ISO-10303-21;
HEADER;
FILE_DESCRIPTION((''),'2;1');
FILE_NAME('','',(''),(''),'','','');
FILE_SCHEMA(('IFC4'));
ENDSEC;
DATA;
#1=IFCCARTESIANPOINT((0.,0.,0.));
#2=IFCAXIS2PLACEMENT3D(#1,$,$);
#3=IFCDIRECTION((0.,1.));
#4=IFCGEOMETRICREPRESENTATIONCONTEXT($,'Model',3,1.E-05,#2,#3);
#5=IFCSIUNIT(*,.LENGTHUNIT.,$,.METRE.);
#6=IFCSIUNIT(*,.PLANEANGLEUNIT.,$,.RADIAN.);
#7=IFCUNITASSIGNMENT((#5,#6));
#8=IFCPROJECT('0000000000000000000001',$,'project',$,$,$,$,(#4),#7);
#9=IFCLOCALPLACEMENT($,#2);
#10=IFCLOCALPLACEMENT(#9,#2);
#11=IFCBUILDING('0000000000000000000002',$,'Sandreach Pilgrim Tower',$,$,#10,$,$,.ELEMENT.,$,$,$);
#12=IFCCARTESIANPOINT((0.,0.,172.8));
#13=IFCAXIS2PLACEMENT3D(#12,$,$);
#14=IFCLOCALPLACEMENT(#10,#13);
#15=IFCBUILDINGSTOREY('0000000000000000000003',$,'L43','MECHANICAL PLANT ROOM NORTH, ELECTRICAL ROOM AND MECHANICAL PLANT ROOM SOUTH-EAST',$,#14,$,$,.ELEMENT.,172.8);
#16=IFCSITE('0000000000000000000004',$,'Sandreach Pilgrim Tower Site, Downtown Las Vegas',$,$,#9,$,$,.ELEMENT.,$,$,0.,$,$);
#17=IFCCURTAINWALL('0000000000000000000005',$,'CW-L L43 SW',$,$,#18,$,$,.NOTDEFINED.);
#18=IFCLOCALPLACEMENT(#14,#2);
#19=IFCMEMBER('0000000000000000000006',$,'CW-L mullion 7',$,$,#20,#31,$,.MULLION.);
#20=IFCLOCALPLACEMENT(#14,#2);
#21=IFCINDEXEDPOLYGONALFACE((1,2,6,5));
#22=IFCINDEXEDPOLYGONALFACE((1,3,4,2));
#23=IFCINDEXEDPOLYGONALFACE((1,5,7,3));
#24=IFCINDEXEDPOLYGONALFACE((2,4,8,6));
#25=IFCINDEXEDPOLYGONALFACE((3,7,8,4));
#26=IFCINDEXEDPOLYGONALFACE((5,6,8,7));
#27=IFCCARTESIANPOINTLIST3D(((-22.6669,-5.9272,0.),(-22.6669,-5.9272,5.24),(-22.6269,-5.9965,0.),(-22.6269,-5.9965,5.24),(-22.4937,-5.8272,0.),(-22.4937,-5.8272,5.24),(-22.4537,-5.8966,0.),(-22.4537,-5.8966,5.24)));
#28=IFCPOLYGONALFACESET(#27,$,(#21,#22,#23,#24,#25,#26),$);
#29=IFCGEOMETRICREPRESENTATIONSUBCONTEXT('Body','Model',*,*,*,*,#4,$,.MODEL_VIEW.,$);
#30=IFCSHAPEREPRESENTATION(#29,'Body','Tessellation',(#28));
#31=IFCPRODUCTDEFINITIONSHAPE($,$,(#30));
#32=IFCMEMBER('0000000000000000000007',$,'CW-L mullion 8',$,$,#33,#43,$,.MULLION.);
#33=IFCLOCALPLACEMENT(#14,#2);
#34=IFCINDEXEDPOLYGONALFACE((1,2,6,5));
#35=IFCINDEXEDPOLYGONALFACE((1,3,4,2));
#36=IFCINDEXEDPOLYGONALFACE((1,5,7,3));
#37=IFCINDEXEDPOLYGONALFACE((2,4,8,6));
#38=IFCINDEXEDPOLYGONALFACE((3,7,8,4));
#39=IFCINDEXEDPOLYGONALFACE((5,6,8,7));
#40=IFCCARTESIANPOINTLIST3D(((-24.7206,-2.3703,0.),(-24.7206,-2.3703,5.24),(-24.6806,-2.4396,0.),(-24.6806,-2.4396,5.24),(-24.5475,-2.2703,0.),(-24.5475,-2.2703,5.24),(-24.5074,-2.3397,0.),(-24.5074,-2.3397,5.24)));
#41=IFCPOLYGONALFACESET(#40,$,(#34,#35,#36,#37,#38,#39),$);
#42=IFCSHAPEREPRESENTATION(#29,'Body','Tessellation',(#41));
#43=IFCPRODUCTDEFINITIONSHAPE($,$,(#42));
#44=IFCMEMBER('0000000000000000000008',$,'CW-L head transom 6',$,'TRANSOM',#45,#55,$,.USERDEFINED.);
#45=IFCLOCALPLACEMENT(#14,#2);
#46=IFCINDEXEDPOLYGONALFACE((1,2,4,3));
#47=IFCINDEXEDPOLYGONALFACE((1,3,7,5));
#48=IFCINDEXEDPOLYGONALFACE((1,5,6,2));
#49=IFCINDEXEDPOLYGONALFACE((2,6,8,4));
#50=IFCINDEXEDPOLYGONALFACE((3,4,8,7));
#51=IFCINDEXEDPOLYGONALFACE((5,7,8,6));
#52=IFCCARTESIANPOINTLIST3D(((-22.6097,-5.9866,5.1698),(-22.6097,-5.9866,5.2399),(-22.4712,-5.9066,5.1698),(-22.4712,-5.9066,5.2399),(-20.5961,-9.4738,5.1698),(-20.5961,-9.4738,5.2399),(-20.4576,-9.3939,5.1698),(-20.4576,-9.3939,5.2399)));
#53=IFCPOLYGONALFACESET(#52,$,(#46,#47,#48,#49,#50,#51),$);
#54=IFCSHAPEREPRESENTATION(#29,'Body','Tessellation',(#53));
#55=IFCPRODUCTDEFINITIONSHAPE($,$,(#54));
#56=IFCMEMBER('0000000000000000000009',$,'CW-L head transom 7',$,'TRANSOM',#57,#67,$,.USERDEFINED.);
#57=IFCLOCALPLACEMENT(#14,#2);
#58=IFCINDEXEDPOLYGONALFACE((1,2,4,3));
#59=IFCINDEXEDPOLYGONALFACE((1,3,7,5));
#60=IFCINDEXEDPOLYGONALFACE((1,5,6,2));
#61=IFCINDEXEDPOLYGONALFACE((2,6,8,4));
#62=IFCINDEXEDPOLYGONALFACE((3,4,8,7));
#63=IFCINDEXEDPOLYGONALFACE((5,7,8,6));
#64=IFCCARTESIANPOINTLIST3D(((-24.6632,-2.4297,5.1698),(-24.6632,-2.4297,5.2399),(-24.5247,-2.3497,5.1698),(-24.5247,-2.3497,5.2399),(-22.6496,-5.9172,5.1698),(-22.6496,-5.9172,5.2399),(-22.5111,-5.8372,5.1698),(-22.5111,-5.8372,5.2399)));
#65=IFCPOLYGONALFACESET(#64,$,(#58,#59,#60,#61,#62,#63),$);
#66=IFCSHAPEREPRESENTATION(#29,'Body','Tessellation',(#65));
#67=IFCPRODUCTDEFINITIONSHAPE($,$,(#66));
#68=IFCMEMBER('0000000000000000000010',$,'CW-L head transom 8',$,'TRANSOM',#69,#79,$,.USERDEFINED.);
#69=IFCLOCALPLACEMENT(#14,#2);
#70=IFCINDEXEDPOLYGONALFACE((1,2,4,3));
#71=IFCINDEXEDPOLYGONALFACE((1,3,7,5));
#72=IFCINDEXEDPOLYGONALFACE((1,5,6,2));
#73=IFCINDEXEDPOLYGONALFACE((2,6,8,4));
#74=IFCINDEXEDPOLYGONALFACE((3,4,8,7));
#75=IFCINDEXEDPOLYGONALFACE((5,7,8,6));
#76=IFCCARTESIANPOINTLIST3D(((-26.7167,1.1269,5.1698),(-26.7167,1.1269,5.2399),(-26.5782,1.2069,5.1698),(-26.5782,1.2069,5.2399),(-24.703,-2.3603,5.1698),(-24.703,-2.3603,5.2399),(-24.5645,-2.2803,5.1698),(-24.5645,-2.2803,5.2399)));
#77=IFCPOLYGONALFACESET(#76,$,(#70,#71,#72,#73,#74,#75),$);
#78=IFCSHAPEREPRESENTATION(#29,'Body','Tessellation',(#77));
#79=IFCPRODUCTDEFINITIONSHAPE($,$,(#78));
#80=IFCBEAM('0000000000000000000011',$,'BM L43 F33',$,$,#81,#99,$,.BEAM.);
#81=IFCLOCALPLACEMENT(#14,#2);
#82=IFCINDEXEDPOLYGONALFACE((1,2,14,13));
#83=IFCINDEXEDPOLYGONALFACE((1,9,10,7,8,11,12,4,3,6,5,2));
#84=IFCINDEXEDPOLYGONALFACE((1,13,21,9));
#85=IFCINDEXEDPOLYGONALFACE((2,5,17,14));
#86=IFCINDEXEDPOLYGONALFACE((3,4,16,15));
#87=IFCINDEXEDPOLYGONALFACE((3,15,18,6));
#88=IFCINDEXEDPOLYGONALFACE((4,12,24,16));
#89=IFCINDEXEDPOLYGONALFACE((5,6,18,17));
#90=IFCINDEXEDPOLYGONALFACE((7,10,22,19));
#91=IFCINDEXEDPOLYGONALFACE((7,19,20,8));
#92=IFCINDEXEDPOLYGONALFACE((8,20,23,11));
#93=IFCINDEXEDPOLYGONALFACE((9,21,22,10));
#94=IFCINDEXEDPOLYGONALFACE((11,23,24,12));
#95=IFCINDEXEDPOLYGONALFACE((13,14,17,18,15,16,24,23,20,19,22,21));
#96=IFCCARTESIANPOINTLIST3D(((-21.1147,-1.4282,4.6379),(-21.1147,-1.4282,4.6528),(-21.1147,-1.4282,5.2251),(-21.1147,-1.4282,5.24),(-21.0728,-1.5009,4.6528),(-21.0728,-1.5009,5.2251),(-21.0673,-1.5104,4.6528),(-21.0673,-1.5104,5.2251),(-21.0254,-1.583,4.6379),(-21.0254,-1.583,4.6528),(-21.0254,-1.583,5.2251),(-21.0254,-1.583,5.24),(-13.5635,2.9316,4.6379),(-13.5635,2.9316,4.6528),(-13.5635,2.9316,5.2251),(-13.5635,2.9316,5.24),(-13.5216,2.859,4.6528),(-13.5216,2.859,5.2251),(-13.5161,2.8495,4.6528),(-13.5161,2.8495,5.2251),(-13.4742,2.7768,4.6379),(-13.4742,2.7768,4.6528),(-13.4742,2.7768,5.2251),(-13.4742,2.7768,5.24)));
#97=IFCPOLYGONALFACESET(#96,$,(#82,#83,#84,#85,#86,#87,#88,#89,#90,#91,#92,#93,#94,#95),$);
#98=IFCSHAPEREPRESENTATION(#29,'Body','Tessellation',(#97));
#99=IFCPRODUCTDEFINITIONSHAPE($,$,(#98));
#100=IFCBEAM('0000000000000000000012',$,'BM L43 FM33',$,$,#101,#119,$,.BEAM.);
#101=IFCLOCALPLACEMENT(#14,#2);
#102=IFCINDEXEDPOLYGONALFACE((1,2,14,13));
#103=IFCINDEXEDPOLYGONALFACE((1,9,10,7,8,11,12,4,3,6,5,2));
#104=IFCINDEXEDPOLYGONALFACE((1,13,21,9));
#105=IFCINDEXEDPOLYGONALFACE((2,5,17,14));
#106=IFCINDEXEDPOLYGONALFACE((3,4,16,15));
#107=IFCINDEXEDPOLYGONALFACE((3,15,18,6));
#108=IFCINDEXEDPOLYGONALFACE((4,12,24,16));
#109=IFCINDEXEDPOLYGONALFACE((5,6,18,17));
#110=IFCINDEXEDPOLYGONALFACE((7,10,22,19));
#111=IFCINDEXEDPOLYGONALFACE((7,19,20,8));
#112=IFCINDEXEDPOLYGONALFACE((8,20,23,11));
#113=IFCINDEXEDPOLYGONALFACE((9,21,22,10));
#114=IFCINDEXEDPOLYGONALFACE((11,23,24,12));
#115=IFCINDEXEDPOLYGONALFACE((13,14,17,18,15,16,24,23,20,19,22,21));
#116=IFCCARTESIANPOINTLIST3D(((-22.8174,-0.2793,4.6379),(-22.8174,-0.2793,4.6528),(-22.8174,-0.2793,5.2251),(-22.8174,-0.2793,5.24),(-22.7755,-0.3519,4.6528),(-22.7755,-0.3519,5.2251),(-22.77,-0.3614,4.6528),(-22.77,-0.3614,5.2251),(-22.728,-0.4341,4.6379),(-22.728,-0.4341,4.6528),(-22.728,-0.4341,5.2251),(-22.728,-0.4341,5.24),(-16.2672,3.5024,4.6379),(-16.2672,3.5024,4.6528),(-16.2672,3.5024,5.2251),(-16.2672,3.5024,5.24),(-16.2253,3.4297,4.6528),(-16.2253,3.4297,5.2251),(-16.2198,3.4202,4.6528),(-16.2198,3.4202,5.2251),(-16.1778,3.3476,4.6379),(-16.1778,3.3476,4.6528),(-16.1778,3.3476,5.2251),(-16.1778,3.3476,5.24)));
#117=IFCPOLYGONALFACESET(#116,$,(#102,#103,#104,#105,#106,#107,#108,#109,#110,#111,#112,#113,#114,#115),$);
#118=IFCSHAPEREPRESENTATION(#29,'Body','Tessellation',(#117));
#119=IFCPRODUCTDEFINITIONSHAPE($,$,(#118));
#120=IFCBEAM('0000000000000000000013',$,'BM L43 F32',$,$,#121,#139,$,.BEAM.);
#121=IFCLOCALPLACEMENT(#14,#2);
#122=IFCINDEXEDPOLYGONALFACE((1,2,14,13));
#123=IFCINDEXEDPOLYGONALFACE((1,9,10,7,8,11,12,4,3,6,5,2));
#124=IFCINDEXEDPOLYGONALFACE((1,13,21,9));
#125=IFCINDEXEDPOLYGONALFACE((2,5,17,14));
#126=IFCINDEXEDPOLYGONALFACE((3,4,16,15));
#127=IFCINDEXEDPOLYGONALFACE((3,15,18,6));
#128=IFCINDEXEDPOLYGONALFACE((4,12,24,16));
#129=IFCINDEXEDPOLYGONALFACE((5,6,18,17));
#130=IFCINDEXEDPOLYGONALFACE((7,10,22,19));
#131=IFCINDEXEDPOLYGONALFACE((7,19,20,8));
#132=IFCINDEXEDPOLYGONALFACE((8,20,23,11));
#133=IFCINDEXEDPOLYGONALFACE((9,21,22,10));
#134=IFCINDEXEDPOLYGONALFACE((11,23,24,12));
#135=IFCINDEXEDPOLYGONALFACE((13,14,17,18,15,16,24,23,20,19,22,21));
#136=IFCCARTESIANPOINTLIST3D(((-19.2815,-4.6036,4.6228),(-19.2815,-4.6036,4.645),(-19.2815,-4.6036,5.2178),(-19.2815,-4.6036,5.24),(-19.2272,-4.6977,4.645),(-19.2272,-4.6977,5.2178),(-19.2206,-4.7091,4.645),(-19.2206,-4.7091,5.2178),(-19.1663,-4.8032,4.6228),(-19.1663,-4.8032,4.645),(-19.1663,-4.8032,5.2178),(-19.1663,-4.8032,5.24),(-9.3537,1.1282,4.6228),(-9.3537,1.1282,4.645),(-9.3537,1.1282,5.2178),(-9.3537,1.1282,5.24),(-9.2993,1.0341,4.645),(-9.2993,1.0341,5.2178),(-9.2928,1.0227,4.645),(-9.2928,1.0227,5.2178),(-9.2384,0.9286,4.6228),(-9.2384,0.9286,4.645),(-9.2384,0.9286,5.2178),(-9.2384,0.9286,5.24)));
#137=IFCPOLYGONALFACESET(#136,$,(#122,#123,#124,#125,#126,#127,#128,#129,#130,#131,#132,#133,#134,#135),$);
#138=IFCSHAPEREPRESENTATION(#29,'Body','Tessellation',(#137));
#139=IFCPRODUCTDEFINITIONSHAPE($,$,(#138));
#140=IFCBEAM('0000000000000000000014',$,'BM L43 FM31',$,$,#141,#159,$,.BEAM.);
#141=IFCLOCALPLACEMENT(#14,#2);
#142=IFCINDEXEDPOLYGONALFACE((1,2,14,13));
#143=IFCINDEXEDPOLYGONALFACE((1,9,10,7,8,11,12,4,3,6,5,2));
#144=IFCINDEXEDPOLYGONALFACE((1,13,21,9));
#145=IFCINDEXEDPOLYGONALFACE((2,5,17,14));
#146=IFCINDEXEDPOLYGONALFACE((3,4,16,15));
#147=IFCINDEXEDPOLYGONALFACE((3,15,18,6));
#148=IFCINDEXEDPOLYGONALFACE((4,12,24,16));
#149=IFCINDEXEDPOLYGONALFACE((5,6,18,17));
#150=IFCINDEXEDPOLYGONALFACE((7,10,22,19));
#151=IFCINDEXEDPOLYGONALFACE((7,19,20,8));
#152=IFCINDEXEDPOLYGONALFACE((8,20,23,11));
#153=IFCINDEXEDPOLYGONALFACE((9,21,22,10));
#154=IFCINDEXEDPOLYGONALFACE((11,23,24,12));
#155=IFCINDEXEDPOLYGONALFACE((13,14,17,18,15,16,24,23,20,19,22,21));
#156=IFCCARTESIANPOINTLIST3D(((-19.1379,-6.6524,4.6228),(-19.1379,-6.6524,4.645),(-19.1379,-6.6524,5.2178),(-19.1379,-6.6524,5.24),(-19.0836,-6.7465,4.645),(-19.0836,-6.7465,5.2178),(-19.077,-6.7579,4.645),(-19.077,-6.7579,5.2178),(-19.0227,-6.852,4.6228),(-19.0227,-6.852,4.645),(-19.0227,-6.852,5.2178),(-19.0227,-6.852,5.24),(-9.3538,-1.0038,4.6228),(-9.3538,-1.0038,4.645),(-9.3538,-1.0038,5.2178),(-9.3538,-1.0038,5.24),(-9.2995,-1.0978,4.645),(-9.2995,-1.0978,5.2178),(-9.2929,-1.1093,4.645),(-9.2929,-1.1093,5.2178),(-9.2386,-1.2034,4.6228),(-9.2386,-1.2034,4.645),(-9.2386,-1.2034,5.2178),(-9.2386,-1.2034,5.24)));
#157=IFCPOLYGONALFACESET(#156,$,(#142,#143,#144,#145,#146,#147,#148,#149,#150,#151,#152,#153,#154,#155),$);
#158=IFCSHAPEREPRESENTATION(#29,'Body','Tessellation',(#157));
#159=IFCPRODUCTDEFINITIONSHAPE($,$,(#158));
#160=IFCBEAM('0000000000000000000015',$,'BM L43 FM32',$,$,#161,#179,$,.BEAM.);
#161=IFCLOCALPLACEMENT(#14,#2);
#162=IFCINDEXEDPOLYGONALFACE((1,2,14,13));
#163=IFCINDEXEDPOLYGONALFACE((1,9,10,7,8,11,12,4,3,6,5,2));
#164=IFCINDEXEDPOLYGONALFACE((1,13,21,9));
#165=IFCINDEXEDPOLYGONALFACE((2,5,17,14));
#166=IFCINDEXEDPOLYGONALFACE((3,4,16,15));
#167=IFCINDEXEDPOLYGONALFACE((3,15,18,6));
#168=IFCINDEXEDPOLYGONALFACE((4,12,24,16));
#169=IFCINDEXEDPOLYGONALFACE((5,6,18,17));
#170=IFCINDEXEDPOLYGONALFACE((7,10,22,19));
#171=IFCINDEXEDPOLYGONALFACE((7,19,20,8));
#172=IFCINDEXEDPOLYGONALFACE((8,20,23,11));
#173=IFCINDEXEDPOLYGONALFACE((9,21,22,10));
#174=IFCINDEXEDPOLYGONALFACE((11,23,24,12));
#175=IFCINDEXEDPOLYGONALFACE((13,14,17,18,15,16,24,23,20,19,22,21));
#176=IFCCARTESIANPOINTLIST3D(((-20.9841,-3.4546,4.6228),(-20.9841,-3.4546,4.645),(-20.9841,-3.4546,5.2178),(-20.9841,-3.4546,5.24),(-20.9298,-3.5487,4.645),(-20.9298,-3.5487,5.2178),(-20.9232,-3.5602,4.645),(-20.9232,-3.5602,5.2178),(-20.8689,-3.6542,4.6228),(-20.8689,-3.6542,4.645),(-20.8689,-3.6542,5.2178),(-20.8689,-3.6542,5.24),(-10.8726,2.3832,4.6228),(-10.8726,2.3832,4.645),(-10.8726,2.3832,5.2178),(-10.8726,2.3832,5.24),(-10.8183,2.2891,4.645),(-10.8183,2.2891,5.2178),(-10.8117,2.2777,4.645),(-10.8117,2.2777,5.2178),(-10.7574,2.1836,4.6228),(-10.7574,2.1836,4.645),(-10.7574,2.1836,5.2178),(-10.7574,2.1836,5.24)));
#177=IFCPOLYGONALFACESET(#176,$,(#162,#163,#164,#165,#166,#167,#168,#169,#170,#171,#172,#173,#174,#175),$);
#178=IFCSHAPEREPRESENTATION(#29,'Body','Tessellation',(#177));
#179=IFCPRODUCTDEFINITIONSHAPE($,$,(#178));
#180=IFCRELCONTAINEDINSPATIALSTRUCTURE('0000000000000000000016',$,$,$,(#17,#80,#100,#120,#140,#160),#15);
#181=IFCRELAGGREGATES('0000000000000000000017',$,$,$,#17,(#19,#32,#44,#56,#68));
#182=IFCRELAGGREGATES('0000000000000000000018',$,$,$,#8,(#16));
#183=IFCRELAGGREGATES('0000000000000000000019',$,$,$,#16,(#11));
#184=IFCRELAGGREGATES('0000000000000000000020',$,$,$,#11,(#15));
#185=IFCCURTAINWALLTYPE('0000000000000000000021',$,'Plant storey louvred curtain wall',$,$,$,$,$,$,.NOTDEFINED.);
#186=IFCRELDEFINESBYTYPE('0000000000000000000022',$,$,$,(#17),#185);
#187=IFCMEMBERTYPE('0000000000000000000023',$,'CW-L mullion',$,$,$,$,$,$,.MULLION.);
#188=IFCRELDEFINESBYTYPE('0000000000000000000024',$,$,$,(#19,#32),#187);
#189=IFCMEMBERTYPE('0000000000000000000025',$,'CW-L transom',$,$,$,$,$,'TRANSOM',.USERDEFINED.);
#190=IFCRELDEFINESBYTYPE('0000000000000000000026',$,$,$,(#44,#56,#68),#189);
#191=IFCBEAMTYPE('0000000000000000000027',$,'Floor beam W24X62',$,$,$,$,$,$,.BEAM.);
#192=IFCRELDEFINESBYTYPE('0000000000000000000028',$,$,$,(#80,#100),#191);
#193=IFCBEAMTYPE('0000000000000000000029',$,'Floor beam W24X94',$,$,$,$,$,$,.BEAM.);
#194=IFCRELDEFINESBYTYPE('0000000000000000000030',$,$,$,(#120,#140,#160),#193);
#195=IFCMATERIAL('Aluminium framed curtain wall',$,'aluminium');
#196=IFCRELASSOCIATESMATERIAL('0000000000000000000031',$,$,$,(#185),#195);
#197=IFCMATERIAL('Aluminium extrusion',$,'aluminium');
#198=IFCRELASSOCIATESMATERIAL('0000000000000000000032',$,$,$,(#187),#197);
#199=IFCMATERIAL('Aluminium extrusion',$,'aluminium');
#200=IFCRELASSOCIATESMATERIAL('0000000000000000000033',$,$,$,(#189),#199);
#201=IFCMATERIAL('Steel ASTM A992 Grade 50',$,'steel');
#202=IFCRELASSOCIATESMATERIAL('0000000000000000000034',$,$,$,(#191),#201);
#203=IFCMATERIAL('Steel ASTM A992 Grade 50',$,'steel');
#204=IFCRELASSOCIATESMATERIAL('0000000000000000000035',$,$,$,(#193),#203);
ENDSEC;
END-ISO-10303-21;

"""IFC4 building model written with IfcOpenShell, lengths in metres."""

from ifc_helpers import new_model, si_unit, direction, frame, origin, origin_2d, place, context, subcontext, project, spatial, rectangle, i_section, extrude, material, material_profile, profile_set, type_object, element, aggregate, save


model = new_model("IFC4")

# Units and contexts
model_context = context("Model", 3, precision=1e-05, world=origin(), true_north=direction((0.0, 1.0)))
body_context = subcontext(model_context, "Body", "Model", "MODEL_VIEW")
ifc_project = project(units=[si_unit("LENGTHUNIT", "METRE"), si_unit("PLANEANGLEUNIT", "RADIAN")], contexts=[model_context])

# Site, building, storey
site_placement = place(None, origin())
site = spatial("IfcSite", under=ifc_project, at=site_placement, Name="Sandreach Pilgrim Tower Site, Downtown Las Vegas", CompositionType="ELEMENT", RefElevation=0.0)
building_placement = place(site_placement, origin())
building = spatial("IfcBuilding", under=site, at=building_placement, Name="Sandreach Pilgrim Tower", CompositionType="ELEMENT")
storey_placement = place(building_placement, frame((0.0, 0.0, 172.8)))
storey = spatial("IfcBuildingStorey", under=building, at=storey_placement, Name="L43", Description="MECHANICAL PLANT ROOM NORTH, ELECTRICAL ROOM AND MECHANICAL PLANT ROOM SOUTH-EAST", CompositionType="ELEMENT", Elevation=172.8)

# Curtain wall, members
ifc_material_1 = material(Name="Aluminium framed curtain wall", Category="aluminium")
curtain_wall_type = type_object("IfcCurtainWallType", Name="Plant storey louvred curtain wall", PredefinedType="NOTDEFINED", material=ifc_material_1)
curtain_wall_placement = place(storey_placement, origin())
curtain_wall = element("IfcCurtainWall", 1, at=curtain_wall_placement, inside=storey, type_object=curtain_wall_type, Name="CW-L L43 SW", PredefinedType="NOTDEFINED")
ifc_material_2 = material(Name="Aluminium extrusion", Category="aluminium")
ifc_material_profile_1 = material_profile(ifc_material_2, rectangle(XDim=0.0801, YDim=0.2, at=origin_2d()), Name="CW-LM 80X200")
ifc_profile_set_1 = profile_set([ifc_material_profile_1], Name="Aluminium extrusion")
member_type_1 = type_object("IfcMemberType", Name="CW-L mullion", PredefinedType="MULLION", material=ifc_profile_set_1)
member_1_placement = place(storey_placement, frame((-22.5603, -5.9119, 0.0), z_axis=(0.0, 0.0, 1.0), x_axis=(-0.5, 0.866025, 0.0)))
member_1 = element("IfcMember", 2, at=member_1_placement, type_object=member_type_1, Name="CW-L mullion 7", PredefinedType="MULLION", context=body_context, shape_type="SweptSolid", body=[
    extrude(rectangle(XDim=0.0801, YDim=0.2, at=origin_2d()), origin(), (0.0, 0.0, 1.0), 5.24),
])
member_2_placement = place(storey_placement, frame((-24.614, -2.355, 0.0), z_axis=(0.0, 0.0, 1.0), x_axis=(-0.5, 0.866025, 0.0)))
member_2 = element("IfcMember", 3, at=member_2_placement, type_object=member_type_1, Name="CW-L mullion 8", PredefinedType="MULLION", context=body_context, shape_type="SweptSolid", body=[
    extrude(rectangle(XDim=0.0801, YDim=0.2, at=origin_2d()), origin(), (0.0, 0.0, 1.0), 5.24),
])
ifc_material_3 = material(Name="Aluminium extrusion", Category="aluminium")
ifc_material_profile_2 = material_profile(ifc_material_3, rectangle(XDim=0.1599, YDim=0.0701, at=origin_2d()), Name="CW-LT 160X70")
ifc_profile_set_2 = profile_set([ifc_material_profile_2], Name="Aluminium extrusion")
member_type_2 = type_object("IfcMemberType", Name="CW-L transom", ElementType="TRANSOM", PredefinedType="USERDEFINED", material=ifc_profile_set_2)
member_3_placement = place(storey_placement, frame((-20.5269, -9.4338, 5.2048), z_axis=(-0.500051, 0.865996, 0.0), x_axis=(-0.865996, -0.500051, 0.0)))
member_3 = element("IfcMember", 4, at=member_3_placement, type_object=member_type_2, Name="CW-L head transom 6", ObjectType="TRANSOM", PredefinedType="USERDEFINED", context=body_context, shape_type="SweptSolid", body=[
    extrude(rectangle(XDim=0.1599, YDim=0.0701, at=origin_2d()), origin(), (0.0, 0.0, 1.0), 4.0269),
])
member_4_placement = place(storey_placement, frame((-22.5803, -5.8772, 5.2048), z_axis=(-0.500025, 0.866011, 0.0), x_axis=(-0.866011, -0.500025, 0.0)))
member_4 = element("IfcMember", 5, at=member_4_placement, type_object=member_type_2, Name="CW-L head transom 7", ObjectType="TRANSOM", PredefinedType="USERDEFINED", context=body_context, shape_type="SweptSolid", body=[
    extrude(rectangle(XDim=0.1599, YDim=0.0701, at=origin_2d()), origin(), (0.0, 0.0, 1.0), 4.0271),
])
member_5_placement = place(storey_placement, frame((-24.6338, -2.3203, 5.2048), z_axis=(-0.500051, 0.865996, 0.0), x_axis=(-0.865996, -0.500051, 0.0)))
member_5 = element("IfcMember", 6, at=member_5_placement, type_object=member_type_2, Name="CW-L head transom 8", ObjectType="TRANSOM", PredefinedType="USERDEFINED", context=body_context, shape_type="SweptSolid", body=[
    extrude(rectangle(XDim=0.1599, YDim=0.0701, at=origin_2d()), origin(), (0.0, 0.0, 1.0), 4.0269),
])

# Beams
ifc_material_4 = material(Name="Steel ASTM A992 Grade 50", Category="steel")
ifc_material_profile_3 = material_profile(ifc_material_4, i_section(OverallWidth=0.1787, OverallDepth=0.6021, WebThickness=0.011, FlangeThickness=0.0149, at=origin_2d()), Name="W24X62")
ifc_profile_set_3 = profile_set([ifc_material_profile_3], Name="Steel ASTM A992 Grade 50")
beam_type_1 = type_object("IfcBeamType", Name="Floor beam W24X62", PredefinedType="BEAM", material=ifc_profile_set_3)
beam_1_placement = place(storey_placement, frame((-21.0701, -1.5056, 4.939), z_axis=(0.866019, 0.500012, 0.0), x_axis=(-0.500012, 0.866019, 0.0)))
element("IfcBeam", 7, at=beam_1_placement, inside=storey, type_object=beam_type_1, Name="BM L43 F33", PredefinedType="BEAM", context=body_context, shape_type="SweptSolid", body=[
    extrude(i_section(OverallWidth=0.1787, OverallDepth=0.6021, WebThickness=0.011, FlangeThickness=0.0149, at=origin_2d()), origin(), (0.0, 0.0, 1.0), 8.7195),
])
beam_2_placement = place(storey_placement, frame((-22.7727, -0.3567, 4.939), z_axis=(0.86603, 0.499993, 0.0), x_axis=(-0.499993, 0.86603, 0.0)))
element("IfcBeam", 8, at=beam_2_placement, inside=storey, type_object=beam_type_1, Name="BM L43 FM33", PredefinedType="BEAM", context=body_context, shape_type="SweptSolid", body=[
    extrude(i_section(OverallWidth=0.1787, OverallDepth=0.6021, WebThickness=0.011, FlangeThickness=0.0149, at=origin_2d()), origin(), (0.0, 0.0, 1.0), 7.5635),
])
ifc_material_5 = material(Name="Steel ASTM A992 Grade 50", Category="steel")
ifc_material_profile_4 = material_profile(ifc_material_5, i_section(OverallWidth=0.2305, OverallDepth=0.6172, WebThickness=0.0132, FlangeThickness=0.0222, at=origin_2d()), Name="W24X94")
ifc_profile_set_4 = profile_set([ifc_material_profile_4], Name="Steel ASTM A992 Grade 50")
beam_type_2 = type_object("IfcBeamType", Name="Floor beam W24X94", PredefinedType="BEAM", material=ifc_profile_set_4)
beam_3_placement = place(storey_placement, frame((-19.2239, -4.7034, 4.9314), z_axis=(0.866029, 0.499994, 0.0), x_axis=(-0.499994, 0.866029, 0.0)))
element("IfcBeam", 9, at=beam_3_placement, inside=storey, type_object=beam_type_2, Name="BM L43 F32", PredefinedType="BEAM", context=body_context, shape_type="SweptSolid", body=[
    extrude(i_section(OverallWidth=0.2305, OverallDepth=0.6172, WebThickness=0.0132, FlangeThickness=0.0222, at=origin_2d()), origin(), (0.0, 0.0, 1.0), 11.4636),
])
beam_4_placement = place(storey_placement, frame((-19.0803, -6.7522, 4.9314), z_axis=(0.866034, 0.499986, 0.0), x_axis=(-0.499986, 0.866034, 0.0)))
element("IfcBeam", 10, at=beam_4_placement, inside=storey, type_object=beam_type_2, Name="BM L43 FM31", PredefinedType="BEAM", context=body_context, shape_type="SweptSolid", body=[
    extrude(i_section(OverallWidth=0.2305, OverallDepth=0.6172, WebThickness=0.0132, FlangeThickness=0.0222, at=origin_2d()), origin(), (0.0, 0.0, 1.0), 11.2976),
])
beam_5_placement = place(storey_placement, frame((-20.9265, -3.5544, 4.9314), z_axis=(0.866026, 0.499998, 0.0), x_axis=(-0.499998, 0.866026, 0.0)))
element("IfcBeam", 11, at=beam_5_placement, inside=storey, type_object=beam_type_2, Name="BM L43 FM32", PredefinedType="BEAM", context=body_context, shape_type="SweptSolid", body=[
    extrude(i_section(OverallWidth=0.2305, OverallDepth=0.6172, WebThickness=0.0132, FlangeThickness=0.0222, at=origin_2d()), origin(), (0.0, 0.0, 1.0), 11.6758),
])

aggregate(curtain_wall, [member_1, member_2, member_3, member_4, member_5])

save(model, "model.ifc")
